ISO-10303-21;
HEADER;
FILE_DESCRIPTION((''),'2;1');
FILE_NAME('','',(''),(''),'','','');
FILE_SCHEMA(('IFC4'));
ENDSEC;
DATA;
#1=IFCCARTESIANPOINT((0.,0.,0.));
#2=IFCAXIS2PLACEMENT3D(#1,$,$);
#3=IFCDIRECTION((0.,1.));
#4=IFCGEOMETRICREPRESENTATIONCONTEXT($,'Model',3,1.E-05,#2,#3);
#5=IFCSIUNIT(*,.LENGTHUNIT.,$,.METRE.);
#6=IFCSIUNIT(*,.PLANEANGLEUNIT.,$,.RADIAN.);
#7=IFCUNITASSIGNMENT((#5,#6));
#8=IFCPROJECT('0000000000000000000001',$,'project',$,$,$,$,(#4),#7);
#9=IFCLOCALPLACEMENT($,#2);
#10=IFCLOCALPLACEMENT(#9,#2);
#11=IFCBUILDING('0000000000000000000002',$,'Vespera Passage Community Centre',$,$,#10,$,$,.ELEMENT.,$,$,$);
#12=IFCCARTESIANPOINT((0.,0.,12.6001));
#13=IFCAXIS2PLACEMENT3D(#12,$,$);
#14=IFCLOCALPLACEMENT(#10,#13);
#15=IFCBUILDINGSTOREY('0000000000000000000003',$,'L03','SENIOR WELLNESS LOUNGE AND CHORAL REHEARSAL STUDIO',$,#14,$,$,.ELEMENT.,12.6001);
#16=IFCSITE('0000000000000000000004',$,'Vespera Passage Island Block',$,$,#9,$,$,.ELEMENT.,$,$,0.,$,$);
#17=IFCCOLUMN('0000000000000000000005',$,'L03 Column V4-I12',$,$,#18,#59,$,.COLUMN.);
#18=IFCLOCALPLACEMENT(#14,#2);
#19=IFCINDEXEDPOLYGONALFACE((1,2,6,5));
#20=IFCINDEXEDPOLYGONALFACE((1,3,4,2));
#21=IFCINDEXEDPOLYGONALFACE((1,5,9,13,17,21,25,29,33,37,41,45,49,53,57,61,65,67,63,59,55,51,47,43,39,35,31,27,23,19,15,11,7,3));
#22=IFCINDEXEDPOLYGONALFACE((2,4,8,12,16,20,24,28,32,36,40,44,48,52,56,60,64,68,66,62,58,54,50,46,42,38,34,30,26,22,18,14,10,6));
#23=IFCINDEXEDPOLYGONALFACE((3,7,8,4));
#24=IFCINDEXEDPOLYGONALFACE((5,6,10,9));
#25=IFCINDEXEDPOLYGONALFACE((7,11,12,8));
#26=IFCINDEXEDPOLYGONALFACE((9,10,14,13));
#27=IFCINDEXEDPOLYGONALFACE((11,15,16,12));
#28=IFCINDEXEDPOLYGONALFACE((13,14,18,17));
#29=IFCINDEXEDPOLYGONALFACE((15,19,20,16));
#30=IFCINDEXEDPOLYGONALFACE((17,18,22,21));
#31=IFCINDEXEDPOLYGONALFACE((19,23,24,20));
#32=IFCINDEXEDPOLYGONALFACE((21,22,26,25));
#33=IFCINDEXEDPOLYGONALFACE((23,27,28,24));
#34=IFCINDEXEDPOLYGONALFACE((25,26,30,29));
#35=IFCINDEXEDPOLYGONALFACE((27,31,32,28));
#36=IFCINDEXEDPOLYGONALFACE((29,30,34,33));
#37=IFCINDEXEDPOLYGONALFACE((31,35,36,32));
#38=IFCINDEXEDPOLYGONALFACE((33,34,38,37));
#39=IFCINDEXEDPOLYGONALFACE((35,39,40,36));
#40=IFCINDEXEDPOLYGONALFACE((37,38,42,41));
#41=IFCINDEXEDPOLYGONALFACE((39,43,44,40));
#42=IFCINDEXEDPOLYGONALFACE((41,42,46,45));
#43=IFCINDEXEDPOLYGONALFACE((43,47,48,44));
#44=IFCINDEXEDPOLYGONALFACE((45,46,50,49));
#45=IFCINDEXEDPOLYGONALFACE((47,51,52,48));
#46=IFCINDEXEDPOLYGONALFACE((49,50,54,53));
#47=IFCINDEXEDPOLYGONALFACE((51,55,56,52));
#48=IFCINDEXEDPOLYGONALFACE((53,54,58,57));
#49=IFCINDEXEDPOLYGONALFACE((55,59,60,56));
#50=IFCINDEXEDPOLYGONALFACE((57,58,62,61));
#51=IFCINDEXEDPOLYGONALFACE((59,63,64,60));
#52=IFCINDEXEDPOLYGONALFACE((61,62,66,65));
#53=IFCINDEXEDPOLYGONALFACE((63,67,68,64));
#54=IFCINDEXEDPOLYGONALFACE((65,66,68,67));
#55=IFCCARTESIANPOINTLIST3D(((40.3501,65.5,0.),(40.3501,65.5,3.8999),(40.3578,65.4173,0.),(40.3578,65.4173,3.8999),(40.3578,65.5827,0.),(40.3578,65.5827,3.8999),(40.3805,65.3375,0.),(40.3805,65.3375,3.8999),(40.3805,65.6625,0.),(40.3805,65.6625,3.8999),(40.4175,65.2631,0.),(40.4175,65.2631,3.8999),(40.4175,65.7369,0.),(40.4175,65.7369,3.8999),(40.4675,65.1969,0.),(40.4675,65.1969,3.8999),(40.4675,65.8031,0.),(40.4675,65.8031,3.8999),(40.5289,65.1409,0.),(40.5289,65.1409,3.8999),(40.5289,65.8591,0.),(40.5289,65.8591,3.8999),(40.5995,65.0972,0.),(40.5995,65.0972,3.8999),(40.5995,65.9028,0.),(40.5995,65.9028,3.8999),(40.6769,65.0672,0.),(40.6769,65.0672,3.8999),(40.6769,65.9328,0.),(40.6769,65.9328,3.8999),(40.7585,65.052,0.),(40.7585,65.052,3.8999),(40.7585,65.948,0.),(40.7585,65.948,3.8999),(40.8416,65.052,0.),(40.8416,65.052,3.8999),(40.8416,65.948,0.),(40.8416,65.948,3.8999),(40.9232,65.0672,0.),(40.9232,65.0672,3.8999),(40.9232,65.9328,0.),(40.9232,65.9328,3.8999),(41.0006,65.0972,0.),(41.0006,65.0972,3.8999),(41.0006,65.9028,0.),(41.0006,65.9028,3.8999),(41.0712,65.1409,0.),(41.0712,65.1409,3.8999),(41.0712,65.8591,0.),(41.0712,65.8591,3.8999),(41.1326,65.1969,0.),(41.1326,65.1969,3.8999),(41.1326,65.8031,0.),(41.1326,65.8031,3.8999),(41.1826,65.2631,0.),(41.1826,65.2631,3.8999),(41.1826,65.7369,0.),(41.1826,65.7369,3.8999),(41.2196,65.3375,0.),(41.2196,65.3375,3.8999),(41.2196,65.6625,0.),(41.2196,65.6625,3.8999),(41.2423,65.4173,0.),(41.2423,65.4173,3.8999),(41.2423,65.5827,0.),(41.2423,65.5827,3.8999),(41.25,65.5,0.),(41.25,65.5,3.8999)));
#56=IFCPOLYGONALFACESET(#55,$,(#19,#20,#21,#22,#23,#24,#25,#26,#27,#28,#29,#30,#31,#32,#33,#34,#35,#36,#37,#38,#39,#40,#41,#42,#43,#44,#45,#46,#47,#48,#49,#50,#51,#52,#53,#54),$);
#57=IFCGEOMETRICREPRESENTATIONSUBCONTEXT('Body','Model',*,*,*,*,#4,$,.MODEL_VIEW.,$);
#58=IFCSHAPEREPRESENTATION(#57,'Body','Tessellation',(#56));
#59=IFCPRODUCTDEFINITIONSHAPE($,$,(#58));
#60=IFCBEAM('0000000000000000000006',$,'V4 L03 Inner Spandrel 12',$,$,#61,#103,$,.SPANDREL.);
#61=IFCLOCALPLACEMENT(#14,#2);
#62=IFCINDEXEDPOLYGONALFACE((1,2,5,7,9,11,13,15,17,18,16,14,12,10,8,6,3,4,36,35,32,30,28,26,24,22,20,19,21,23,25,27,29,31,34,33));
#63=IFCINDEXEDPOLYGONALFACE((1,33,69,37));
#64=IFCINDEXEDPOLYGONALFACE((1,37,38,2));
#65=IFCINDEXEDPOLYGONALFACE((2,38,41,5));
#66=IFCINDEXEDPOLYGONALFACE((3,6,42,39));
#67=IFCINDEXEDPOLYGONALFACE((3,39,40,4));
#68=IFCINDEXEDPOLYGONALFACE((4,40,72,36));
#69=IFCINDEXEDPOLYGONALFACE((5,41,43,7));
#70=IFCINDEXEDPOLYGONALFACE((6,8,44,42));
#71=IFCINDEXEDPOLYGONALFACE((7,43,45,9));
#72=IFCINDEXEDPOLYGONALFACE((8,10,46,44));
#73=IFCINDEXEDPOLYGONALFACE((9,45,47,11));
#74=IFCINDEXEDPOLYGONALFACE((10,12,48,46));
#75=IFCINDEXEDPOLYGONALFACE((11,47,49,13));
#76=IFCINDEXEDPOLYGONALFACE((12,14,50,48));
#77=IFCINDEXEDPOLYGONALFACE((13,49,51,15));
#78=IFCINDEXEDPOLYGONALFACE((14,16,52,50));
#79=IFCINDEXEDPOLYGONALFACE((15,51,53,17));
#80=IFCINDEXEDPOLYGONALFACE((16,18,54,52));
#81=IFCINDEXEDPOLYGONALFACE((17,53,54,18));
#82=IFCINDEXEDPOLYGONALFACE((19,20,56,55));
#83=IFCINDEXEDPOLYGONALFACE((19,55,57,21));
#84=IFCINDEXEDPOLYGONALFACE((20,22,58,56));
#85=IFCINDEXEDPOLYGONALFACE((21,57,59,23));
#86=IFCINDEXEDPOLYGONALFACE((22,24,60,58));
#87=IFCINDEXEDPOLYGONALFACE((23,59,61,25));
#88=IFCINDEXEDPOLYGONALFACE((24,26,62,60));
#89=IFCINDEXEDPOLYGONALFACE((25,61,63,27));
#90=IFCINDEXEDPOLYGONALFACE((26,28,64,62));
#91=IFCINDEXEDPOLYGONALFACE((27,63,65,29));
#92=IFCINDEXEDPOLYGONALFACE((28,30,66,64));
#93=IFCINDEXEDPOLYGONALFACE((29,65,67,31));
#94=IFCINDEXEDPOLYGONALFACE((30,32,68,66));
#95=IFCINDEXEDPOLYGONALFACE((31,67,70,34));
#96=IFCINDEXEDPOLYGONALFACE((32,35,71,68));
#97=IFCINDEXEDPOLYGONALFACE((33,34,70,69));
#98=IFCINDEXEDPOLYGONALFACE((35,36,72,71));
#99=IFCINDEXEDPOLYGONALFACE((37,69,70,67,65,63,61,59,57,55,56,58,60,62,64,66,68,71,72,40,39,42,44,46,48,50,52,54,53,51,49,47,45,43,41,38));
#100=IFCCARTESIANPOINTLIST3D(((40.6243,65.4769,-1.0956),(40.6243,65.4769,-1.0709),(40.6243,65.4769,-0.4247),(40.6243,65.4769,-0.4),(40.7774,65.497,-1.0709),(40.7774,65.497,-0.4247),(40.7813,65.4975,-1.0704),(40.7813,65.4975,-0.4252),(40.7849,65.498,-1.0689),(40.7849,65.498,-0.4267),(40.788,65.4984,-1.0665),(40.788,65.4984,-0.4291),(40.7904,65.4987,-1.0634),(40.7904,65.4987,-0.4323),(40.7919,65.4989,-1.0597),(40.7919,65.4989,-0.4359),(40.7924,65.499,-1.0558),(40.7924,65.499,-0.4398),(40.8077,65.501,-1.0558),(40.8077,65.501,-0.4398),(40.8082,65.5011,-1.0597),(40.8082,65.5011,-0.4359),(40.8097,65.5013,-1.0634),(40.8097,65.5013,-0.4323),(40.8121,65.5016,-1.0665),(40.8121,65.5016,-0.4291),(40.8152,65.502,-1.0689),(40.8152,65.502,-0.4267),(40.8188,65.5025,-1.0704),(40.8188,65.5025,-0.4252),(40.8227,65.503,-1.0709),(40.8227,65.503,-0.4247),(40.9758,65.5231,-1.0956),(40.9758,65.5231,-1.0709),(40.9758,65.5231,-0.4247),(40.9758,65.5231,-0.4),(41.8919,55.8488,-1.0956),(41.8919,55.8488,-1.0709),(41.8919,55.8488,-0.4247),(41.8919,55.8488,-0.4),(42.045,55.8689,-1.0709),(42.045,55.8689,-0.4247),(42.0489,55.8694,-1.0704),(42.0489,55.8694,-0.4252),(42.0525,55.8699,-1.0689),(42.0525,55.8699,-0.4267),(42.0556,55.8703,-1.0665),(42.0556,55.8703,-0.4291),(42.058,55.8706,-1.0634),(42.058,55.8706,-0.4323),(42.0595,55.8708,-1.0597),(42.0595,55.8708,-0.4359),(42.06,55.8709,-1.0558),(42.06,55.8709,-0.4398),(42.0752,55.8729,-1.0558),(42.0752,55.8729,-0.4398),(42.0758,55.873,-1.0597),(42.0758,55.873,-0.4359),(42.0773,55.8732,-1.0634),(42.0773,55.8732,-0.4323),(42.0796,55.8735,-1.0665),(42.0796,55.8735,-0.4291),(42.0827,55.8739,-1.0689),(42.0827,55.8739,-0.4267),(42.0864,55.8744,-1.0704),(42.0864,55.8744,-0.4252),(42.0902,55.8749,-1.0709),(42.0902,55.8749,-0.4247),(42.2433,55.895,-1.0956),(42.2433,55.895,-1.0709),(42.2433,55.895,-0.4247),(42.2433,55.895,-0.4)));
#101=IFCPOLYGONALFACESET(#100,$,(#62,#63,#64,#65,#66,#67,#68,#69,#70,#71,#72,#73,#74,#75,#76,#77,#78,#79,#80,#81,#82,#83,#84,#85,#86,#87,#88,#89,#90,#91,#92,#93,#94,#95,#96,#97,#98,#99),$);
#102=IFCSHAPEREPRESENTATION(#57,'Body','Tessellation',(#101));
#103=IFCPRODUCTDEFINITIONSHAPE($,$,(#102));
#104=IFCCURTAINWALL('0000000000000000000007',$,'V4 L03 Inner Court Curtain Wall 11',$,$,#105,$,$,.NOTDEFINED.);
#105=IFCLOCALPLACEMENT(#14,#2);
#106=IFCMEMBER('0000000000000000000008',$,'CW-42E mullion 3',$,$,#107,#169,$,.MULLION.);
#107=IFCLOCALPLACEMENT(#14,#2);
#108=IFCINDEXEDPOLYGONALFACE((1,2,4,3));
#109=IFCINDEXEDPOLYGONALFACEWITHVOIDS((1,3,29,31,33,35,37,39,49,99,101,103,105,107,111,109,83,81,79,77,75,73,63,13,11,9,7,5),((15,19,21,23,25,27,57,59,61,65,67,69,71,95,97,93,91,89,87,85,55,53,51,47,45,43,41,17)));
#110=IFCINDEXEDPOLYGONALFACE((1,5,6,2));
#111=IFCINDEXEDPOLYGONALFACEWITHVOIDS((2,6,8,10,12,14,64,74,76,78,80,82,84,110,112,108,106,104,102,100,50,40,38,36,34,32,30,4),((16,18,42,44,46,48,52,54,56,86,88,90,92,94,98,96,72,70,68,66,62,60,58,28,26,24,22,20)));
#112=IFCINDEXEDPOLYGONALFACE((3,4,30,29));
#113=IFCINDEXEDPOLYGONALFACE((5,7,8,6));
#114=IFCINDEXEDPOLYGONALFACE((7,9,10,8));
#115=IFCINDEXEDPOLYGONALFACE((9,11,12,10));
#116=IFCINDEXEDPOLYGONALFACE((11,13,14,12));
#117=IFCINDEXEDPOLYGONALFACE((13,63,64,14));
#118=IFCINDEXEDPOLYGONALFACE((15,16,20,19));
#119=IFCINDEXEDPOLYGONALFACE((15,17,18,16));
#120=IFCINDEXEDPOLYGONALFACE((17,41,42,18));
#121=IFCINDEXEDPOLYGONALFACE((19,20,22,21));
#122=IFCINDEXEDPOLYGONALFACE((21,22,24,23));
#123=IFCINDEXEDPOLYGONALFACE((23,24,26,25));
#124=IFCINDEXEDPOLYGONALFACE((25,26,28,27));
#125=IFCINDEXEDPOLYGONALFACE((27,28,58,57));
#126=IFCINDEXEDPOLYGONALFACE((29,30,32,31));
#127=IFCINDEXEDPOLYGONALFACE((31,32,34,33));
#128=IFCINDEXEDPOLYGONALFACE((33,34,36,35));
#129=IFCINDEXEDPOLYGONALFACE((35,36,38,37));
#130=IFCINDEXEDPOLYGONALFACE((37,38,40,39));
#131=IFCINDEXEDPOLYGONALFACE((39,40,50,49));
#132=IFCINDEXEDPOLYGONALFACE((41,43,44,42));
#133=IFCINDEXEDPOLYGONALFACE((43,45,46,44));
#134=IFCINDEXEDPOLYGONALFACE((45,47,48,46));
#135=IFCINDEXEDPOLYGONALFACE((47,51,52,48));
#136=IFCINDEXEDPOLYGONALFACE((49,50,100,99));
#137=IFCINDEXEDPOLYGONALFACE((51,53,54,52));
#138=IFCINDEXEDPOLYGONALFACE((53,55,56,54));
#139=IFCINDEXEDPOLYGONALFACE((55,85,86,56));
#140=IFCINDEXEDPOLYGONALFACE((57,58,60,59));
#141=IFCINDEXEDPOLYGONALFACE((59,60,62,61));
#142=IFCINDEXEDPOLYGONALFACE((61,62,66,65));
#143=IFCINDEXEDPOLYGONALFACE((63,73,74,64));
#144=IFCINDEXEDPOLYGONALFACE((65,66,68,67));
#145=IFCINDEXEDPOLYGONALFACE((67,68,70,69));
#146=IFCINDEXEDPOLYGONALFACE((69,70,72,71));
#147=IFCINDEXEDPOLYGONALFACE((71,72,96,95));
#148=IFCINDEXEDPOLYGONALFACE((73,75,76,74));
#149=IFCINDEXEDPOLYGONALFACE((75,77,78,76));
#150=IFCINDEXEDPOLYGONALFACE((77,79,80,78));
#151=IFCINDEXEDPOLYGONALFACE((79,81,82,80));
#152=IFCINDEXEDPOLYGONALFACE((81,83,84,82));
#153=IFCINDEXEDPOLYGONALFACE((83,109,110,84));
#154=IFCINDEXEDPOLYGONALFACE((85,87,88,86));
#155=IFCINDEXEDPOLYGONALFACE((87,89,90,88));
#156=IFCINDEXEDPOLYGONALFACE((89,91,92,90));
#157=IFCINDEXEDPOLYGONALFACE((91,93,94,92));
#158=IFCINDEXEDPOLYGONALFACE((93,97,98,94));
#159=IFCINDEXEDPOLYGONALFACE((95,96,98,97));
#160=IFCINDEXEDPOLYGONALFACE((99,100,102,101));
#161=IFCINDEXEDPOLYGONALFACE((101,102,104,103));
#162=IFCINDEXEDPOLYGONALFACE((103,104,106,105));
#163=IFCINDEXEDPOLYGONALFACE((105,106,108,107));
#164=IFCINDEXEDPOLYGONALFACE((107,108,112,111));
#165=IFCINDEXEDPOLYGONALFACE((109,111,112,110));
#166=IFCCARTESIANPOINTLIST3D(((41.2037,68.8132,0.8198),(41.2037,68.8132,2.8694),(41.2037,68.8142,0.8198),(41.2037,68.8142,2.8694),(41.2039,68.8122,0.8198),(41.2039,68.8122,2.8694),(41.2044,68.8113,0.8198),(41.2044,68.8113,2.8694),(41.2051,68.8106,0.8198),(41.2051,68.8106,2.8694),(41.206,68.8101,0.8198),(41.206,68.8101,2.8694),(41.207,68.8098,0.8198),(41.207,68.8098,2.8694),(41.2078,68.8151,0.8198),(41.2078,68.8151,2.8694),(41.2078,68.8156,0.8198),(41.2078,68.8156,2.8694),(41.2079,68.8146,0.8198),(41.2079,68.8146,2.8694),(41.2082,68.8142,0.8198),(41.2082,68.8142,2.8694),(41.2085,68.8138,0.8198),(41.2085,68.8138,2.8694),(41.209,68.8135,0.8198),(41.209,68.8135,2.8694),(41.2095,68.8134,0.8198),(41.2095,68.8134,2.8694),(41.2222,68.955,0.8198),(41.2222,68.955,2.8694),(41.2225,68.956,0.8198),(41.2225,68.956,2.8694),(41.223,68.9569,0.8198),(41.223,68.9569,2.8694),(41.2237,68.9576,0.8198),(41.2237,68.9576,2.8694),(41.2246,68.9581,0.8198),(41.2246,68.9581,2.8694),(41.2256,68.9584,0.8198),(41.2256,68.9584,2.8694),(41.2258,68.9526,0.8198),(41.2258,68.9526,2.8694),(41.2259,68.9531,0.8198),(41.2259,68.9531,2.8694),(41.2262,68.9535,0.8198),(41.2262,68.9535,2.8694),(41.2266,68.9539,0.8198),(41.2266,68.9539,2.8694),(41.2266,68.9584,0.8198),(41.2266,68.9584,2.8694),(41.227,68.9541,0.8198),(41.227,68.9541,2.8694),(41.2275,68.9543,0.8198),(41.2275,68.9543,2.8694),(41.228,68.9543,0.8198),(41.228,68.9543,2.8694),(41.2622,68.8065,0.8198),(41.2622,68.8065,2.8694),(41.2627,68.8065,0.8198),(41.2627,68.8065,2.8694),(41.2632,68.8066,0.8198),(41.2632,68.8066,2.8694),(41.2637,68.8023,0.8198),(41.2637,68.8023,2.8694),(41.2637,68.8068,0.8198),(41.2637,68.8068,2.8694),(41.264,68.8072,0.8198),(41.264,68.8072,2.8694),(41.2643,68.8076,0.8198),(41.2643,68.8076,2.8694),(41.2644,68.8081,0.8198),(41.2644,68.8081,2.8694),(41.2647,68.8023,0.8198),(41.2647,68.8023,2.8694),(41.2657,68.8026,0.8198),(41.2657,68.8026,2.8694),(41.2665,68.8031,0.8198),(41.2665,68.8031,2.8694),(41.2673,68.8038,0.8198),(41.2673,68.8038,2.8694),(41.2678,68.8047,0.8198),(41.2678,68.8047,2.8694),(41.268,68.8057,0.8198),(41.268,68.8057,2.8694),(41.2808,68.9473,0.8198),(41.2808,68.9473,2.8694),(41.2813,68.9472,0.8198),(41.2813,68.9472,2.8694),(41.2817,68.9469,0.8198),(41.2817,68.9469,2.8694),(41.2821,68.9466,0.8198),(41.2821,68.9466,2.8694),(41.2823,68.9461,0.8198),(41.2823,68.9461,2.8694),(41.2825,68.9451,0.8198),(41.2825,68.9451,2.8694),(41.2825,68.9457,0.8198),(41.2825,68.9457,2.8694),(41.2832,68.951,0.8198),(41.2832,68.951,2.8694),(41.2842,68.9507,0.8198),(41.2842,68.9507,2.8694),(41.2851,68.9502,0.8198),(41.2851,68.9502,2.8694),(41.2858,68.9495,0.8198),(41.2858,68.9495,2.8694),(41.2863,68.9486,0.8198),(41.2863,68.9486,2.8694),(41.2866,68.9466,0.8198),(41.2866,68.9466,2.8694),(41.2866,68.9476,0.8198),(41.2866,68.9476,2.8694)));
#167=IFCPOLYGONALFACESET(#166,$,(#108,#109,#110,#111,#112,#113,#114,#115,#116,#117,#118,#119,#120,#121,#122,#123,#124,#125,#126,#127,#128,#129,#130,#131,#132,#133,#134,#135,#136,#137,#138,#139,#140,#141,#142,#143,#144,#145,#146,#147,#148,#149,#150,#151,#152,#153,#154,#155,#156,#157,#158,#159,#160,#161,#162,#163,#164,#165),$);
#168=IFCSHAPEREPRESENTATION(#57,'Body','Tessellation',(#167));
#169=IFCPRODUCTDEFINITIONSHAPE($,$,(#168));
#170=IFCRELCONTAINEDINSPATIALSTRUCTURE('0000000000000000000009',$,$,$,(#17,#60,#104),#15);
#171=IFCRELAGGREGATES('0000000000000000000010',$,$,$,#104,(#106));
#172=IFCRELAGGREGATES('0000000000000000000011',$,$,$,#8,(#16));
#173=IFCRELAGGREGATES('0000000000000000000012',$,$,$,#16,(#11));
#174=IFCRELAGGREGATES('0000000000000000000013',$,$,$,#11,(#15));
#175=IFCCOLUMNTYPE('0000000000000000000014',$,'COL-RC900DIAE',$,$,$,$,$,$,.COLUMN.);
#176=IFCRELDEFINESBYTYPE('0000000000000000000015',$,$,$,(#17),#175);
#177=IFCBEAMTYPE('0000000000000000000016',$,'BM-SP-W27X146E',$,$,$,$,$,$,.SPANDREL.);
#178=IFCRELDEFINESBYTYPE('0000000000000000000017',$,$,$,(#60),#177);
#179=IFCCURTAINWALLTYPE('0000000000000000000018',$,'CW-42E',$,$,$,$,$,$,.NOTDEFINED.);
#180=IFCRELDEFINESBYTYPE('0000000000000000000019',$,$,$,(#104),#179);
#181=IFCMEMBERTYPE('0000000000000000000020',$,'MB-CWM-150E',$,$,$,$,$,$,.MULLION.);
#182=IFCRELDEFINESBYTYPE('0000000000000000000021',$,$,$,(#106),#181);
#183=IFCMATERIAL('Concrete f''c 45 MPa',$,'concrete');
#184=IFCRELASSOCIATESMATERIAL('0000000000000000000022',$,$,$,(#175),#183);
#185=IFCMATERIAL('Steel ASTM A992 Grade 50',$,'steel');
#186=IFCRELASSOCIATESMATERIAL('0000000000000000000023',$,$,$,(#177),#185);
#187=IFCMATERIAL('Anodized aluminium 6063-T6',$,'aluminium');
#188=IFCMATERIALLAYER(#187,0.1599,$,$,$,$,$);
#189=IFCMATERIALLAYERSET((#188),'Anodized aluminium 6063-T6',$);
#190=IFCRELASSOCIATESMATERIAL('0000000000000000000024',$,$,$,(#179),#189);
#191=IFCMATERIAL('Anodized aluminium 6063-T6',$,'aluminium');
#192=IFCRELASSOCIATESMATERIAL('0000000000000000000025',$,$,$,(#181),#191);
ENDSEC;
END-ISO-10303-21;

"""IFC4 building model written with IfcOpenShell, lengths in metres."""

from ifc_helpers import new_model, si_unit, direction, frame, origin, origin_2d, place, context, subcontext, project, spatial, hollow_rectangle, circle, i_section, extrude, material, layer, layer_set, material_profile, profile_set, type_object, element, aggregate, save


model = new_model("IFC4")

# Units and contexts
model_context = context("Model", 3, precision=1e-05, world=origin(), true_north=direction((0.0, 1.0)))
body_context = subcontext(model_context, "Body", "Model", "MODEL_VIEW")
ifc_project = project(units=[si_unit("LENGTHUNIT", "METRE"), si_unit("PLANEANGLEUNIT", "RADIAN")], contexts=[model_context])

# Site, building, storey
site_placement = place(None, origin())
site = spatial("IfcSite", under=ifc_project, at=site_placement, Name="Vespera Passage Island Block", CompositionType="ELEMENT", RefElevation=0.0)
building_placement = place(site_placement, origin())
building = spatial("IfcBuilding", under=site, at=building_placement, Name="Vespera Passage Community Centre", CompositionType="ELEMENT")
storey_placement = place(building_placement, frame((0.0, 0.0, 12.6001)))
storey = spatial("IfcBuildingStorey", under=building, at=storey_placement, Name="L03", Description="SENIOR WELLNESS LOUNGE AND CHORAL REHEARSAL STUDIO", CompositionType="ELEMENT", Elevation=12.6001)

# Column
ifc_material_1 = material(Name="Concrete f'c 45 MPa", Category="concrete")
ifc_material_profile_1 = material_profile(ifc_material_1, circle(Radius=0.45, at=origin_2d()), Name="RC900DIA")
ifc_profile_set_1 = profile_set([ifc_material_profile_1], Name="Concrete f'c 45 MPa")
column_type = type_object("IfcColumnType", Name="COL-RC900DIAE", PredefinedType="COLUMN", material=ifc_profile_set_1)
column_placement = place(storey_placement, frame((40.8, 65.5, 0.0), z_axis=(0.0, 0.0, 1.0), x_axis=(1.0, 0.0, 0.0)))
element("IfcColumn", 1, at=column_placement, inside=storey, type_object=column_type, Name="L03 Column V4-I12", PredefinedType="COLUMN", context=body_context, shape_type="SweptSolid", body=[
    extrude(circle(Radius=0.45, at=origin_2d()), origin(), (0.0, 0.0, 1.0), 3.8999),
])

# Beam
ifc_material_2 = material(Name="Steel ASTM A992 Grade 50", Category="steel")
ifc_material_profile_2 = material_profile(ifc_material_2, i_section(OverallWidth=0.3545, OverallDepth=0.6956, WebThickness=0.0154, FlangeThickness=0.0247, FilletRadius=0.0151, at=origin_2d()), Name="W27X146")
ifc_profile_set_2 = profile_set([ifc_material_profile_2], Name="Steel ASTM A992 Grade 50")
beam_type = type_object("IfcBeamType", Name="BM-SP-W27X146E", PredefinedType="SPANDREL", material=ifc_profile_set_2)
beam_placement = place(storey_placement, frame((40.8, 65.5, -0.7478), z_axis=(0.130527, -0.991445, 0.0), x_axis=(0.991445, 0.130527, 0.0)))
element("IfcBeam", 2, at=beam_placement, inside=storey, type_object=beam_type, Name="V4 L03 Inner Spandrel 12", PredefinedType="SPANDREL", context=body_context, shape_type="SweptSolid", body=[
    extrude(i_section(OverallWidth=0.3545, OverallDepth=0.6956, WebThickness=0.0154, FlangeThickness=0.0247, FilletRadius=0.0151, at=origin_2d()), origin(), (0.0, 0.0, 1.0), 9.7112),
])

# Curtain wall, member
ifc_material_3 = material(Name="Anodized aluminium 6063-T6", Category="aluminium")
ifc_layer_1 = layer(ifc_material_3, 0.1599)
ifc_layer_set_1 = layer_set([ifc_layer_1], Name="Anodized aluminium 6063-T6")
curtain_wall_type_1 = type_object("IfcCurtainWallType", Name="CW-42E", PredefinedType="NOTDEFINED", material=ifc_layer_set_1)
curtain_wall_1_placement = place(storey_placement, origin())
curtain_wall_1 = element("IfcCurtainWall", 3, at=curtain_wall_1_placement, inside=storey, type_object=curtain_wall_type_1, Name="V4 L03 Inner Court Curtain Wall 11", PredefinedType="NOTDEFINED")
ifc_material_4 = material(Name="Anodized aluminium 6063-T6", Category="aluminium")
ifc_material_profile_3 = material_profile(ifc_material_4, hollow_rectangle(XDim=0.0649, YDim=0.1499, WallThickness=0.0039, InnerFilletRadius=0.002, OuterFilletRadius=0.0039, at=origin_2d()), Name="ALU150X65X4")
ifc_profile_set_3 = profile_set([ifc_material_profile_3], Name="Anodized aluminium 6063-T6")
member_type_1 = type_object("IfcMemberType", Name="MB-CWM-150E", PredefinedType="MULLION", material=ifc_profile_set_3)
member_1_placement = place(storey_placement, frame((41.2451, 68.8804, 0.8198), z_axis=(0.0, 0.0, 1.0), x_axis=(0.991445, -0.130522, 0.0)))
member_1 = element("IfcMember", 4, at=member_1_placement, type_object=member_type_1, Name="CW-42E mullion 3", PredefinedType="MULLION", context=body_context, shape_type="SweptSolid", body=[
    extrude(hollow_rectangle(XDim=0.0649, YDim=0.1499, WallThickness=0.0039, InnerFilletRadius=0.002, OuterFilletRadius=0.0039, at=origin_2d()), origin(), (0.0, 0.0, 1.0), 2.0496),
])

aggregate(curtain_wall_1, [member_1])

save(model, "model.ifc")
